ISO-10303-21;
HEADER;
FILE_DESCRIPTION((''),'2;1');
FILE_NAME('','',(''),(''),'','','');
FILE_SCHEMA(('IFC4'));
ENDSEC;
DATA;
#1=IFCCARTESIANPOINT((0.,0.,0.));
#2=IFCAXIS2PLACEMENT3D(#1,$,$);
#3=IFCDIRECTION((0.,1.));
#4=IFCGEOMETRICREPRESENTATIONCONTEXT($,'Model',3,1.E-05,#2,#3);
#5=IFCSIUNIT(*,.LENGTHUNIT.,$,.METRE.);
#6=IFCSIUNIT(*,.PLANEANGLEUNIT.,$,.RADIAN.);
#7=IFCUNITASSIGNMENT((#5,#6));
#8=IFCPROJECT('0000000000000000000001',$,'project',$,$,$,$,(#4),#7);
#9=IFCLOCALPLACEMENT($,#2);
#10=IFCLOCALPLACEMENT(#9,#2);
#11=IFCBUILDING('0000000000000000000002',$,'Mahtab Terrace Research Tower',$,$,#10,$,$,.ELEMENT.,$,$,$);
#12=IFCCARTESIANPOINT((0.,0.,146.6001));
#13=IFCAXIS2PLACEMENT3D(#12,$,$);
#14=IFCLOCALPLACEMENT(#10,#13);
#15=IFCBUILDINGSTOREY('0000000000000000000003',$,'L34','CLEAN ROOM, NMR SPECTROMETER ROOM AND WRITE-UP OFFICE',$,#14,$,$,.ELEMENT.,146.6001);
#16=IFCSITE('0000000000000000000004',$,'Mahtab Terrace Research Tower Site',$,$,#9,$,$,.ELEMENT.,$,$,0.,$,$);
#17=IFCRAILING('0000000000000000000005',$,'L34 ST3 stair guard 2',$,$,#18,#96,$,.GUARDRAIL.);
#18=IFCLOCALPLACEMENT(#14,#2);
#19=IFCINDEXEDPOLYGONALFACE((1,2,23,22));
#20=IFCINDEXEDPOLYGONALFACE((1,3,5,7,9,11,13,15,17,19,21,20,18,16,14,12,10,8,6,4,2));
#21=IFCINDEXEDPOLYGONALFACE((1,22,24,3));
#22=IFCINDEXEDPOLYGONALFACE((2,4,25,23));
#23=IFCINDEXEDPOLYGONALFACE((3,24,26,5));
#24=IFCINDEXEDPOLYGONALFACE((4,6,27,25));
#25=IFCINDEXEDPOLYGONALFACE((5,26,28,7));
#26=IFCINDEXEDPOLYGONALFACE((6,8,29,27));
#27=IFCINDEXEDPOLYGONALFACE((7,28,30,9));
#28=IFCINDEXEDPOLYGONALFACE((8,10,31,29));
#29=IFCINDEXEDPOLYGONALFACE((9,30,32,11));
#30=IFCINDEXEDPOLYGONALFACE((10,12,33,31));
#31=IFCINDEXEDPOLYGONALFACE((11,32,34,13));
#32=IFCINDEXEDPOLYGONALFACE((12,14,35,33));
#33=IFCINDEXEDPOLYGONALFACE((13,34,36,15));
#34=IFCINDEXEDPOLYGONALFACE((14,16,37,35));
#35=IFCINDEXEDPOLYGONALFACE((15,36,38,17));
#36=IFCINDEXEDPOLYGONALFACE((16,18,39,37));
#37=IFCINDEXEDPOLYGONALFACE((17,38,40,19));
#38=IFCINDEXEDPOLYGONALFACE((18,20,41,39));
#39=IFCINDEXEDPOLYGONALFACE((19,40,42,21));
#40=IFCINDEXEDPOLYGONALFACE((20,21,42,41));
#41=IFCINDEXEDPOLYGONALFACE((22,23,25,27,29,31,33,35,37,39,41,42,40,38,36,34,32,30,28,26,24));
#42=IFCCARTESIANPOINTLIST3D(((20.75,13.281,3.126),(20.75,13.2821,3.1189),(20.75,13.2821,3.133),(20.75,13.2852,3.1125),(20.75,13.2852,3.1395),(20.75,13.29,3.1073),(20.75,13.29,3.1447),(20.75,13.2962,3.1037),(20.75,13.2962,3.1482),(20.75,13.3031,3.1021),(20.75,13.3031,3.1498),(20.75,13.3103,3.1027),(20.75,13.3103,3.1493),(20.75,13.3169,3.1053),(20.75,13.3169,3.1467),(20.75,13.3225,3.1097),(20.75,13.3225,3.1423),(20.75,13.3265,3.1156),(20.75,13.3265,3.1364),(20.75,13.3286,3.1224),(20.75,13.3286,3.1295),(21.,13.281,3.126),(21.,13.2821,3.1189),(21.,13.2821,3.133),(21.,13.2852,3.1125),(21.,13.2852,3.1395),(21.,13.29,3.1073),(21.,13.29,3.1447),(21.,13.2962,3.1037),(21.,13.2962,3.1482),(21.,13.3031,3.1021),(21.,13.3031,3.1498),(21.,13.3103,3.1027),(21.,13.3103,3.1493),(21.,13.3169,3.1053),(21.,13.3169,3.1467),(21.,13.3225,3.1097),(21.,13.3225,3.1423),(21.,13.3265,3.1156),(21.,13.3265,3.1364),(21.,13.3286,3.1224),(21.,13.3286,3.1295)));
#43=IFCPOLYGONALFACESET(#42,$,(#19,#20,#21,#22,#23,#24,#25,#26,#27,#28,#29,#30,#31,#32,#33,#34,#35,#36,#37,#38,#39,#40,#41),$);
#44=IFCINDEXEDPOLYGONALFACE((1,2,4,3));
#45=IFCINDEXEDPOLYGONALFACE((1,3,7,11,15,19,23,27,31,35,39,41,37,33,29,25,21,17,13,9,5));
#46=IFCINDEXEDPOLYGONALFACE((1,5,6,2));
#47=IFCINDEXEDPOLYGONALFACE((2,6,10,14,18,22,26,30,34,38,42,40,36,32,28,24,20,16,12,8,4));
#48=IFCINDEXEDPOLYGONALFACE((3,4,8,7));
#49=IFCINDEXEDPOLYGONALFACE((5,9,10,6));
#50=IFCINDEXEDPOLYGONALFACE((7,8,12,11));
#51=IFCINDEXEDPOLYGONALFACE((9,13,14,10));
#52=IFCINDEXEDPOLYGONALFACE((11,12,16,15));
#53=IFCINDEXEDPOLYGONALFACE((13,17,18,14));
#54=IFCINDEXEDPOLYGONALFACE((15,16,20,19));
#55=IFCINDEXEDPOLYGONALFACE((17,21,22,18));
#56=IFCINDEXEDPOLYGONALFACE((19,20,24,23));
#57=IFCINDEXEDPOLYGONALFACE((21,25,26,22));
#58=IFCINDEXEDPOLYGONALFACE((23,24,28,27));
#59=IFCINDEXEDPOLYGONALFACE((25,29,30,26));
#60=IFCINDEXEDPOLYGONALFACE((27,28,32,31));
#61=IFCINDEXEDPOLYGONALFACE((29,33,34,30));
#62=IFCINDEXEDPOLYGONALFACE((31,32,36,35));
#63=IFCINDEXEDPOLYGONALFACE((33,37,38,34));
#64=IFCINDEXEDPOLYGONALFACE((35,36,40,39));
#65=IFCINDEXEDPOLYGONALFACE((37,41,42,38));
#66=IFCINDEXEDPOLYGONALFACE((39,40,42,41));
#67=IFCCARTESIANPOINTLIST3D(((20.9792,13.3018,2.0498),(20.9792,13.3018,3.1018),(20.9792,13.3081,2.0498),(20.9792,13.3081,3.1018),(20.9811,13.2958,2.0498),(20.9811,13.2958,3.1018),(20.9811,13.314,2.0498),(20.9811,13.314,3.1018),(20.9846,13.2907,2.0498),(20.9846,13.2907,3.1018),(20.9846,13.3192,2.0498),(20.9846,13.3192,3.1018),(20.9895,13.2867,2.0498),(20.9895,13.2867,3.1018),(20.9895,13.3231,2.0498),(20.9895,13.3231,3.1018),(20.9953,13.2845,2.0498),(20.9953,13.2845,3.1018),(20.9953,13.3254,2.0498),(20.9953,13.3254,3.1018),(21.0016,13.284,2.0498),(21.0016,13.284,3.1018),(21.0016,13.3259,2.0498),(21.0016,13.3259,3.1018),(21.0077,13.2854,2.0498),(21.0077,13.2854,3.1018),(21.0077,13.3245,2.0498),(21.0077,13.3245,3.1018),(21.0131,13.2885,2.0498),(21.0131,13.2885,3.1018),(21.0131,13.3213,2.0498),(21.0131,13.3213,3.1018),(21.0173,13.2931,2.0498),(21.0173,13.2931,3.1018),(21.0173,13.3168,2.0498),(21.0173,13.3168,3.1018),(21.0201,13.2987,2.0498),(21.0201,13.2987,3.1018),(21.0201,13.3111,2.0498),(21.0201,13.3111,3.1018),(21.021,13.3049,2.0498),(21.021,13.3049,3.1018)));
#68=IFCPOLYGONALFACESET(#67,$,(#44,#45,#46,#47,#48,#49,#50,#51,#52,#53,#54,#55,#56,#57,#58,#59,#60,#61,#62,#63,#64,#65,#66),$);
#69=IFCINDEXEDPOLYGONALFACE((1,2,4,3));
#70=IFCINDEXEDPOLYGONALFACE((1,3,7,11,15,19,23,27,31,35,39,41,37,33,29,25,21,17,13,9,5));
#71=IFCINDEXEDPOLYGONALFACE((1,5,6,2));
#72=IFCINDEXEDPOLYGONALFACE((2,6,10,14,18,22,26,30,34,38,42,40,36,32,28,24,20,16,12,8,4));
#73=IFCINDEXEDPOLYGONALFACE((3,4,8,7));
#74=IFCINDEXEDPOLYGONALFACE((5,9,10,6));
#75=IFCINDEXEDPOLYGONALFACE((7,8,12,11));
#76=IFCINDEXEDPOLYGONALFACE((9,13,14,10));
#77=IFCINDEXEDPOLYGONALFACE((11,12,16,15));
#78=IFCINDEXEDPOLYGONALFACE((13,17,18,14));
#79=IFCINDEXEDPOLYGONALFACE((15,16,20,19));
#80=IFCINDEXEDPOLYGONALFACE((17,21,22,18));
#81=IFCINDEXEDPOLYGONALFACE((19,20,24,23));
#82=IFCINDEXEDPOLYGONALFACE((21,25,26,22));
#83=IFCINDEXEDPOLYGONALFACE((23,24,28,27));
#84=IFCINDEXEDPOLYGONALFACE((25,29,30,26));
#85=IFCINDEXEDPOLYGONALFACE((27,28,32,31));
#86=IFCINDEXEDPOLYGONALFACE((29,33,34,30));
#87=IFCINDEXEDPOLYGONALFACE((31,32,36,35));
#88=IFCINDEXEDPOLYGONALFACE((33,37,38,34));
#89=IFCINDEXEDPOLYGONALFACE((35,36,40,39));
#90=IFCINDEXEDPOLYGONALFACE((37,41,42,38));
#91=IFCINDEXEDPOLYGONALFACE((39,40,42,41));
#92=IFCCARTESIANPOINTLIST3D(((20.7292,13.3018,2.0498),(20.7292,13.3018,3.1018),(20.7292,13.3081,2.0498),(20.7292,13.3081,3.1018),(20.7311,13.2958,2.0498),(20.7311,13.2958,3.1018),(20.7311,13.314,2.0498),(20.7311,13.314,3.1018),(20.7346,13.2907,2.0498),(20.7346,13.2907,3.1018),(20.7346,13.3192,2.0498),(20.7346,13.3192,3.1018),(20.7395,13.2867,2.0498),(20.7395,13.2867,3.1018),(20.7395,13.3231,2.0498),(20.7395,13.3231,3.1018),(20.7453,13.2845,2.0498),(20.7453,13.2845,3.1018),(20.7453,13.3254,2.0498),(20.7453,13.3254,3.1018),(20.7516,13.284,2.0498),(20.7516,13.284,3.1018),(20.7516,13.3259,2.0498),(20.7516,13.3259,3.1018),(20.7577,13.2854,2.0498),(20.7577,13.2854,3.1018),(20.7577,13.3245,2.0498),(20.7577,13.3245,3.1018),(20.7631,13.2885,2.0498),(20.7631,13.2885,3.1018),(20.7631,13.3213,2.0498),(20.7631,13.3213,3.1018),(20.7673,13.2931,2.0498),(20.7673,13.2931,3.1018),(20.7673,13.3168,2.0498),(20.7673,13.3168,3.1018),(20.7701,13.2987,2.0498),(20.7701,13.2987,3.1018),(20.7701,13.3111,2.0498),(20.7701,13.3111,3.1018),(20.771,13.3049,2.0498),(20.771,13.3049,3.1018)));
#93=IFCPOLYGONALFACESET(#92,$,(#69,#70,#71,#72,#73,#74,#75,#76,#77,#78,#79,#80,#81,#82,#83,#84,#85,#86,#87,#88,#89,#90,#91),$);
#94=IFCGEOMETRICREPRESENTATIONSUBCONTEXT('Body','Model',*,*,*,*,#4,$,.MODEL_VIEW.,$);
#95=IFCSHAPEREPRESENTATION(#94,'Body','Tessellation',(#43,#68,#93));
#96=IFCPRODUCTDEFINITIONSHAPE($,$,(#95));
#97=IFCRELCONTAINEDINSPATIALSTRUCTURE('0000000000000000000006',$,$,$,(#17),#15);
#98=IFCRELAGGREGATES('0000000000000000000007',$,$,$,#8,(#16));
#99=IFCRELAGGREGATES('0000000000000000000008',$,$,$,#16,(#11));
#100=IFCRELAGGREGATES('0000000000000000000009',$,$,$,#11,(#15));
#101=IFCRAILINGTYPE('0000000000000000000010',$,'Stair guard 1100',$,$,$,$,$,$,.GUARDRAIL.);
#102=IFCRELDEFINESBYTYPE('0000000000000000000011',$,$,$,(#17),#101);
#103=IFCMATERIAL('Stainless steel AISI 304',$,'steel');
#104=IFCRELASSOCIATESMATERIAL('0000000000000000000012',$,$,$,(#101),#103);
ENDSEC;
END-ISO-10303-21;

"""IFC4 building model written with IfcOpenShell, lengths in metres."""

from ifc_helpers import new_model, si_unit, direction, frame, origin, origin_2d, place, context, subcontext, project, spatial, circle, extrude, material, type_object, element, save


model = new_model("IFC4")

# Units and contexts
model_context = context("Model", 3, precision=1e-05, world=origin(), true_north=direction((0.0, 1.0)))
body_context = subcontext(model_context, "Body", "Model", "MODEL_VIEW")
ifc_project = project(units=[si_unit("LENGTHUNIT", "METRE"), si_unit("PLANEANGLEUNIT", "RADIAN")], contexts=[model_context])

# Site, building, storey
site_placement = place(None, origin())
site = spatial("IfcSite", under=ifc_project, at=site_placement, Name="Mahtab Terrace Research Tower Site", CompositionType="ELEMENT", RefElevation=0.0)
building_placement = place(site_placement, origin())
building = spatial("IfcBuilding", under=site, at=building_placement, Name="Mahtab Terrace Research Tower", CompositionType="ELEMENT")
storey_placement = place(building_placement, frame((0.0, 0.0, 146.6001)))
storey = spatial("IfcBuildingStorey", under=building, at=storey_placement, Name="L34", Description="CLEAN ROOM, NMR SPECTROMETER ROOM AND WRITE-UP OFFICE", CompositionType="ELEMENT", Elevation=146.6001)

# Railing
ifc_material_1 = material(Name="Stainless steel AISI 304", Category="steel")
railing_type_1 = type_object("IfcRailingType", Name="Stair guard 1100", PredefinedType="GUARDRAIL", material=ifc_material_1)
railing_1_placement = place(storey_placement, frame((21.0, 13.3049, 2.0498)))
element("IfcRailing", 1, at=railing_1_placement, inside=storey, type_object=railing_type_1, Name="L34 ST3 stair guard 2", PredefinedType="GUARDRAIL", context=body_context, shape_type="SweptSolid", body=[
    extrude(circle(Radius=0.0239, at=origin_2d()), frame((0.0, 0.0, 1.0762), z_axis=(-1.0, 0.0, 0.0), x_axis=(0.0, -1.0, 0.0)), (0.0, 0.0, 1.0), 0.25),
    extrude(circle(Radius=0.021, at=origin_2d()), origin(), (0.0, 0.0, 1.0), 1.052),
    extrude(circle(Radius=0.021, at=origin_2d()), frame((-0.25, 0.0, 0.0)), (0.0, 0.0, 1.0), 1.052),
])

save(model, "model.ifc")
